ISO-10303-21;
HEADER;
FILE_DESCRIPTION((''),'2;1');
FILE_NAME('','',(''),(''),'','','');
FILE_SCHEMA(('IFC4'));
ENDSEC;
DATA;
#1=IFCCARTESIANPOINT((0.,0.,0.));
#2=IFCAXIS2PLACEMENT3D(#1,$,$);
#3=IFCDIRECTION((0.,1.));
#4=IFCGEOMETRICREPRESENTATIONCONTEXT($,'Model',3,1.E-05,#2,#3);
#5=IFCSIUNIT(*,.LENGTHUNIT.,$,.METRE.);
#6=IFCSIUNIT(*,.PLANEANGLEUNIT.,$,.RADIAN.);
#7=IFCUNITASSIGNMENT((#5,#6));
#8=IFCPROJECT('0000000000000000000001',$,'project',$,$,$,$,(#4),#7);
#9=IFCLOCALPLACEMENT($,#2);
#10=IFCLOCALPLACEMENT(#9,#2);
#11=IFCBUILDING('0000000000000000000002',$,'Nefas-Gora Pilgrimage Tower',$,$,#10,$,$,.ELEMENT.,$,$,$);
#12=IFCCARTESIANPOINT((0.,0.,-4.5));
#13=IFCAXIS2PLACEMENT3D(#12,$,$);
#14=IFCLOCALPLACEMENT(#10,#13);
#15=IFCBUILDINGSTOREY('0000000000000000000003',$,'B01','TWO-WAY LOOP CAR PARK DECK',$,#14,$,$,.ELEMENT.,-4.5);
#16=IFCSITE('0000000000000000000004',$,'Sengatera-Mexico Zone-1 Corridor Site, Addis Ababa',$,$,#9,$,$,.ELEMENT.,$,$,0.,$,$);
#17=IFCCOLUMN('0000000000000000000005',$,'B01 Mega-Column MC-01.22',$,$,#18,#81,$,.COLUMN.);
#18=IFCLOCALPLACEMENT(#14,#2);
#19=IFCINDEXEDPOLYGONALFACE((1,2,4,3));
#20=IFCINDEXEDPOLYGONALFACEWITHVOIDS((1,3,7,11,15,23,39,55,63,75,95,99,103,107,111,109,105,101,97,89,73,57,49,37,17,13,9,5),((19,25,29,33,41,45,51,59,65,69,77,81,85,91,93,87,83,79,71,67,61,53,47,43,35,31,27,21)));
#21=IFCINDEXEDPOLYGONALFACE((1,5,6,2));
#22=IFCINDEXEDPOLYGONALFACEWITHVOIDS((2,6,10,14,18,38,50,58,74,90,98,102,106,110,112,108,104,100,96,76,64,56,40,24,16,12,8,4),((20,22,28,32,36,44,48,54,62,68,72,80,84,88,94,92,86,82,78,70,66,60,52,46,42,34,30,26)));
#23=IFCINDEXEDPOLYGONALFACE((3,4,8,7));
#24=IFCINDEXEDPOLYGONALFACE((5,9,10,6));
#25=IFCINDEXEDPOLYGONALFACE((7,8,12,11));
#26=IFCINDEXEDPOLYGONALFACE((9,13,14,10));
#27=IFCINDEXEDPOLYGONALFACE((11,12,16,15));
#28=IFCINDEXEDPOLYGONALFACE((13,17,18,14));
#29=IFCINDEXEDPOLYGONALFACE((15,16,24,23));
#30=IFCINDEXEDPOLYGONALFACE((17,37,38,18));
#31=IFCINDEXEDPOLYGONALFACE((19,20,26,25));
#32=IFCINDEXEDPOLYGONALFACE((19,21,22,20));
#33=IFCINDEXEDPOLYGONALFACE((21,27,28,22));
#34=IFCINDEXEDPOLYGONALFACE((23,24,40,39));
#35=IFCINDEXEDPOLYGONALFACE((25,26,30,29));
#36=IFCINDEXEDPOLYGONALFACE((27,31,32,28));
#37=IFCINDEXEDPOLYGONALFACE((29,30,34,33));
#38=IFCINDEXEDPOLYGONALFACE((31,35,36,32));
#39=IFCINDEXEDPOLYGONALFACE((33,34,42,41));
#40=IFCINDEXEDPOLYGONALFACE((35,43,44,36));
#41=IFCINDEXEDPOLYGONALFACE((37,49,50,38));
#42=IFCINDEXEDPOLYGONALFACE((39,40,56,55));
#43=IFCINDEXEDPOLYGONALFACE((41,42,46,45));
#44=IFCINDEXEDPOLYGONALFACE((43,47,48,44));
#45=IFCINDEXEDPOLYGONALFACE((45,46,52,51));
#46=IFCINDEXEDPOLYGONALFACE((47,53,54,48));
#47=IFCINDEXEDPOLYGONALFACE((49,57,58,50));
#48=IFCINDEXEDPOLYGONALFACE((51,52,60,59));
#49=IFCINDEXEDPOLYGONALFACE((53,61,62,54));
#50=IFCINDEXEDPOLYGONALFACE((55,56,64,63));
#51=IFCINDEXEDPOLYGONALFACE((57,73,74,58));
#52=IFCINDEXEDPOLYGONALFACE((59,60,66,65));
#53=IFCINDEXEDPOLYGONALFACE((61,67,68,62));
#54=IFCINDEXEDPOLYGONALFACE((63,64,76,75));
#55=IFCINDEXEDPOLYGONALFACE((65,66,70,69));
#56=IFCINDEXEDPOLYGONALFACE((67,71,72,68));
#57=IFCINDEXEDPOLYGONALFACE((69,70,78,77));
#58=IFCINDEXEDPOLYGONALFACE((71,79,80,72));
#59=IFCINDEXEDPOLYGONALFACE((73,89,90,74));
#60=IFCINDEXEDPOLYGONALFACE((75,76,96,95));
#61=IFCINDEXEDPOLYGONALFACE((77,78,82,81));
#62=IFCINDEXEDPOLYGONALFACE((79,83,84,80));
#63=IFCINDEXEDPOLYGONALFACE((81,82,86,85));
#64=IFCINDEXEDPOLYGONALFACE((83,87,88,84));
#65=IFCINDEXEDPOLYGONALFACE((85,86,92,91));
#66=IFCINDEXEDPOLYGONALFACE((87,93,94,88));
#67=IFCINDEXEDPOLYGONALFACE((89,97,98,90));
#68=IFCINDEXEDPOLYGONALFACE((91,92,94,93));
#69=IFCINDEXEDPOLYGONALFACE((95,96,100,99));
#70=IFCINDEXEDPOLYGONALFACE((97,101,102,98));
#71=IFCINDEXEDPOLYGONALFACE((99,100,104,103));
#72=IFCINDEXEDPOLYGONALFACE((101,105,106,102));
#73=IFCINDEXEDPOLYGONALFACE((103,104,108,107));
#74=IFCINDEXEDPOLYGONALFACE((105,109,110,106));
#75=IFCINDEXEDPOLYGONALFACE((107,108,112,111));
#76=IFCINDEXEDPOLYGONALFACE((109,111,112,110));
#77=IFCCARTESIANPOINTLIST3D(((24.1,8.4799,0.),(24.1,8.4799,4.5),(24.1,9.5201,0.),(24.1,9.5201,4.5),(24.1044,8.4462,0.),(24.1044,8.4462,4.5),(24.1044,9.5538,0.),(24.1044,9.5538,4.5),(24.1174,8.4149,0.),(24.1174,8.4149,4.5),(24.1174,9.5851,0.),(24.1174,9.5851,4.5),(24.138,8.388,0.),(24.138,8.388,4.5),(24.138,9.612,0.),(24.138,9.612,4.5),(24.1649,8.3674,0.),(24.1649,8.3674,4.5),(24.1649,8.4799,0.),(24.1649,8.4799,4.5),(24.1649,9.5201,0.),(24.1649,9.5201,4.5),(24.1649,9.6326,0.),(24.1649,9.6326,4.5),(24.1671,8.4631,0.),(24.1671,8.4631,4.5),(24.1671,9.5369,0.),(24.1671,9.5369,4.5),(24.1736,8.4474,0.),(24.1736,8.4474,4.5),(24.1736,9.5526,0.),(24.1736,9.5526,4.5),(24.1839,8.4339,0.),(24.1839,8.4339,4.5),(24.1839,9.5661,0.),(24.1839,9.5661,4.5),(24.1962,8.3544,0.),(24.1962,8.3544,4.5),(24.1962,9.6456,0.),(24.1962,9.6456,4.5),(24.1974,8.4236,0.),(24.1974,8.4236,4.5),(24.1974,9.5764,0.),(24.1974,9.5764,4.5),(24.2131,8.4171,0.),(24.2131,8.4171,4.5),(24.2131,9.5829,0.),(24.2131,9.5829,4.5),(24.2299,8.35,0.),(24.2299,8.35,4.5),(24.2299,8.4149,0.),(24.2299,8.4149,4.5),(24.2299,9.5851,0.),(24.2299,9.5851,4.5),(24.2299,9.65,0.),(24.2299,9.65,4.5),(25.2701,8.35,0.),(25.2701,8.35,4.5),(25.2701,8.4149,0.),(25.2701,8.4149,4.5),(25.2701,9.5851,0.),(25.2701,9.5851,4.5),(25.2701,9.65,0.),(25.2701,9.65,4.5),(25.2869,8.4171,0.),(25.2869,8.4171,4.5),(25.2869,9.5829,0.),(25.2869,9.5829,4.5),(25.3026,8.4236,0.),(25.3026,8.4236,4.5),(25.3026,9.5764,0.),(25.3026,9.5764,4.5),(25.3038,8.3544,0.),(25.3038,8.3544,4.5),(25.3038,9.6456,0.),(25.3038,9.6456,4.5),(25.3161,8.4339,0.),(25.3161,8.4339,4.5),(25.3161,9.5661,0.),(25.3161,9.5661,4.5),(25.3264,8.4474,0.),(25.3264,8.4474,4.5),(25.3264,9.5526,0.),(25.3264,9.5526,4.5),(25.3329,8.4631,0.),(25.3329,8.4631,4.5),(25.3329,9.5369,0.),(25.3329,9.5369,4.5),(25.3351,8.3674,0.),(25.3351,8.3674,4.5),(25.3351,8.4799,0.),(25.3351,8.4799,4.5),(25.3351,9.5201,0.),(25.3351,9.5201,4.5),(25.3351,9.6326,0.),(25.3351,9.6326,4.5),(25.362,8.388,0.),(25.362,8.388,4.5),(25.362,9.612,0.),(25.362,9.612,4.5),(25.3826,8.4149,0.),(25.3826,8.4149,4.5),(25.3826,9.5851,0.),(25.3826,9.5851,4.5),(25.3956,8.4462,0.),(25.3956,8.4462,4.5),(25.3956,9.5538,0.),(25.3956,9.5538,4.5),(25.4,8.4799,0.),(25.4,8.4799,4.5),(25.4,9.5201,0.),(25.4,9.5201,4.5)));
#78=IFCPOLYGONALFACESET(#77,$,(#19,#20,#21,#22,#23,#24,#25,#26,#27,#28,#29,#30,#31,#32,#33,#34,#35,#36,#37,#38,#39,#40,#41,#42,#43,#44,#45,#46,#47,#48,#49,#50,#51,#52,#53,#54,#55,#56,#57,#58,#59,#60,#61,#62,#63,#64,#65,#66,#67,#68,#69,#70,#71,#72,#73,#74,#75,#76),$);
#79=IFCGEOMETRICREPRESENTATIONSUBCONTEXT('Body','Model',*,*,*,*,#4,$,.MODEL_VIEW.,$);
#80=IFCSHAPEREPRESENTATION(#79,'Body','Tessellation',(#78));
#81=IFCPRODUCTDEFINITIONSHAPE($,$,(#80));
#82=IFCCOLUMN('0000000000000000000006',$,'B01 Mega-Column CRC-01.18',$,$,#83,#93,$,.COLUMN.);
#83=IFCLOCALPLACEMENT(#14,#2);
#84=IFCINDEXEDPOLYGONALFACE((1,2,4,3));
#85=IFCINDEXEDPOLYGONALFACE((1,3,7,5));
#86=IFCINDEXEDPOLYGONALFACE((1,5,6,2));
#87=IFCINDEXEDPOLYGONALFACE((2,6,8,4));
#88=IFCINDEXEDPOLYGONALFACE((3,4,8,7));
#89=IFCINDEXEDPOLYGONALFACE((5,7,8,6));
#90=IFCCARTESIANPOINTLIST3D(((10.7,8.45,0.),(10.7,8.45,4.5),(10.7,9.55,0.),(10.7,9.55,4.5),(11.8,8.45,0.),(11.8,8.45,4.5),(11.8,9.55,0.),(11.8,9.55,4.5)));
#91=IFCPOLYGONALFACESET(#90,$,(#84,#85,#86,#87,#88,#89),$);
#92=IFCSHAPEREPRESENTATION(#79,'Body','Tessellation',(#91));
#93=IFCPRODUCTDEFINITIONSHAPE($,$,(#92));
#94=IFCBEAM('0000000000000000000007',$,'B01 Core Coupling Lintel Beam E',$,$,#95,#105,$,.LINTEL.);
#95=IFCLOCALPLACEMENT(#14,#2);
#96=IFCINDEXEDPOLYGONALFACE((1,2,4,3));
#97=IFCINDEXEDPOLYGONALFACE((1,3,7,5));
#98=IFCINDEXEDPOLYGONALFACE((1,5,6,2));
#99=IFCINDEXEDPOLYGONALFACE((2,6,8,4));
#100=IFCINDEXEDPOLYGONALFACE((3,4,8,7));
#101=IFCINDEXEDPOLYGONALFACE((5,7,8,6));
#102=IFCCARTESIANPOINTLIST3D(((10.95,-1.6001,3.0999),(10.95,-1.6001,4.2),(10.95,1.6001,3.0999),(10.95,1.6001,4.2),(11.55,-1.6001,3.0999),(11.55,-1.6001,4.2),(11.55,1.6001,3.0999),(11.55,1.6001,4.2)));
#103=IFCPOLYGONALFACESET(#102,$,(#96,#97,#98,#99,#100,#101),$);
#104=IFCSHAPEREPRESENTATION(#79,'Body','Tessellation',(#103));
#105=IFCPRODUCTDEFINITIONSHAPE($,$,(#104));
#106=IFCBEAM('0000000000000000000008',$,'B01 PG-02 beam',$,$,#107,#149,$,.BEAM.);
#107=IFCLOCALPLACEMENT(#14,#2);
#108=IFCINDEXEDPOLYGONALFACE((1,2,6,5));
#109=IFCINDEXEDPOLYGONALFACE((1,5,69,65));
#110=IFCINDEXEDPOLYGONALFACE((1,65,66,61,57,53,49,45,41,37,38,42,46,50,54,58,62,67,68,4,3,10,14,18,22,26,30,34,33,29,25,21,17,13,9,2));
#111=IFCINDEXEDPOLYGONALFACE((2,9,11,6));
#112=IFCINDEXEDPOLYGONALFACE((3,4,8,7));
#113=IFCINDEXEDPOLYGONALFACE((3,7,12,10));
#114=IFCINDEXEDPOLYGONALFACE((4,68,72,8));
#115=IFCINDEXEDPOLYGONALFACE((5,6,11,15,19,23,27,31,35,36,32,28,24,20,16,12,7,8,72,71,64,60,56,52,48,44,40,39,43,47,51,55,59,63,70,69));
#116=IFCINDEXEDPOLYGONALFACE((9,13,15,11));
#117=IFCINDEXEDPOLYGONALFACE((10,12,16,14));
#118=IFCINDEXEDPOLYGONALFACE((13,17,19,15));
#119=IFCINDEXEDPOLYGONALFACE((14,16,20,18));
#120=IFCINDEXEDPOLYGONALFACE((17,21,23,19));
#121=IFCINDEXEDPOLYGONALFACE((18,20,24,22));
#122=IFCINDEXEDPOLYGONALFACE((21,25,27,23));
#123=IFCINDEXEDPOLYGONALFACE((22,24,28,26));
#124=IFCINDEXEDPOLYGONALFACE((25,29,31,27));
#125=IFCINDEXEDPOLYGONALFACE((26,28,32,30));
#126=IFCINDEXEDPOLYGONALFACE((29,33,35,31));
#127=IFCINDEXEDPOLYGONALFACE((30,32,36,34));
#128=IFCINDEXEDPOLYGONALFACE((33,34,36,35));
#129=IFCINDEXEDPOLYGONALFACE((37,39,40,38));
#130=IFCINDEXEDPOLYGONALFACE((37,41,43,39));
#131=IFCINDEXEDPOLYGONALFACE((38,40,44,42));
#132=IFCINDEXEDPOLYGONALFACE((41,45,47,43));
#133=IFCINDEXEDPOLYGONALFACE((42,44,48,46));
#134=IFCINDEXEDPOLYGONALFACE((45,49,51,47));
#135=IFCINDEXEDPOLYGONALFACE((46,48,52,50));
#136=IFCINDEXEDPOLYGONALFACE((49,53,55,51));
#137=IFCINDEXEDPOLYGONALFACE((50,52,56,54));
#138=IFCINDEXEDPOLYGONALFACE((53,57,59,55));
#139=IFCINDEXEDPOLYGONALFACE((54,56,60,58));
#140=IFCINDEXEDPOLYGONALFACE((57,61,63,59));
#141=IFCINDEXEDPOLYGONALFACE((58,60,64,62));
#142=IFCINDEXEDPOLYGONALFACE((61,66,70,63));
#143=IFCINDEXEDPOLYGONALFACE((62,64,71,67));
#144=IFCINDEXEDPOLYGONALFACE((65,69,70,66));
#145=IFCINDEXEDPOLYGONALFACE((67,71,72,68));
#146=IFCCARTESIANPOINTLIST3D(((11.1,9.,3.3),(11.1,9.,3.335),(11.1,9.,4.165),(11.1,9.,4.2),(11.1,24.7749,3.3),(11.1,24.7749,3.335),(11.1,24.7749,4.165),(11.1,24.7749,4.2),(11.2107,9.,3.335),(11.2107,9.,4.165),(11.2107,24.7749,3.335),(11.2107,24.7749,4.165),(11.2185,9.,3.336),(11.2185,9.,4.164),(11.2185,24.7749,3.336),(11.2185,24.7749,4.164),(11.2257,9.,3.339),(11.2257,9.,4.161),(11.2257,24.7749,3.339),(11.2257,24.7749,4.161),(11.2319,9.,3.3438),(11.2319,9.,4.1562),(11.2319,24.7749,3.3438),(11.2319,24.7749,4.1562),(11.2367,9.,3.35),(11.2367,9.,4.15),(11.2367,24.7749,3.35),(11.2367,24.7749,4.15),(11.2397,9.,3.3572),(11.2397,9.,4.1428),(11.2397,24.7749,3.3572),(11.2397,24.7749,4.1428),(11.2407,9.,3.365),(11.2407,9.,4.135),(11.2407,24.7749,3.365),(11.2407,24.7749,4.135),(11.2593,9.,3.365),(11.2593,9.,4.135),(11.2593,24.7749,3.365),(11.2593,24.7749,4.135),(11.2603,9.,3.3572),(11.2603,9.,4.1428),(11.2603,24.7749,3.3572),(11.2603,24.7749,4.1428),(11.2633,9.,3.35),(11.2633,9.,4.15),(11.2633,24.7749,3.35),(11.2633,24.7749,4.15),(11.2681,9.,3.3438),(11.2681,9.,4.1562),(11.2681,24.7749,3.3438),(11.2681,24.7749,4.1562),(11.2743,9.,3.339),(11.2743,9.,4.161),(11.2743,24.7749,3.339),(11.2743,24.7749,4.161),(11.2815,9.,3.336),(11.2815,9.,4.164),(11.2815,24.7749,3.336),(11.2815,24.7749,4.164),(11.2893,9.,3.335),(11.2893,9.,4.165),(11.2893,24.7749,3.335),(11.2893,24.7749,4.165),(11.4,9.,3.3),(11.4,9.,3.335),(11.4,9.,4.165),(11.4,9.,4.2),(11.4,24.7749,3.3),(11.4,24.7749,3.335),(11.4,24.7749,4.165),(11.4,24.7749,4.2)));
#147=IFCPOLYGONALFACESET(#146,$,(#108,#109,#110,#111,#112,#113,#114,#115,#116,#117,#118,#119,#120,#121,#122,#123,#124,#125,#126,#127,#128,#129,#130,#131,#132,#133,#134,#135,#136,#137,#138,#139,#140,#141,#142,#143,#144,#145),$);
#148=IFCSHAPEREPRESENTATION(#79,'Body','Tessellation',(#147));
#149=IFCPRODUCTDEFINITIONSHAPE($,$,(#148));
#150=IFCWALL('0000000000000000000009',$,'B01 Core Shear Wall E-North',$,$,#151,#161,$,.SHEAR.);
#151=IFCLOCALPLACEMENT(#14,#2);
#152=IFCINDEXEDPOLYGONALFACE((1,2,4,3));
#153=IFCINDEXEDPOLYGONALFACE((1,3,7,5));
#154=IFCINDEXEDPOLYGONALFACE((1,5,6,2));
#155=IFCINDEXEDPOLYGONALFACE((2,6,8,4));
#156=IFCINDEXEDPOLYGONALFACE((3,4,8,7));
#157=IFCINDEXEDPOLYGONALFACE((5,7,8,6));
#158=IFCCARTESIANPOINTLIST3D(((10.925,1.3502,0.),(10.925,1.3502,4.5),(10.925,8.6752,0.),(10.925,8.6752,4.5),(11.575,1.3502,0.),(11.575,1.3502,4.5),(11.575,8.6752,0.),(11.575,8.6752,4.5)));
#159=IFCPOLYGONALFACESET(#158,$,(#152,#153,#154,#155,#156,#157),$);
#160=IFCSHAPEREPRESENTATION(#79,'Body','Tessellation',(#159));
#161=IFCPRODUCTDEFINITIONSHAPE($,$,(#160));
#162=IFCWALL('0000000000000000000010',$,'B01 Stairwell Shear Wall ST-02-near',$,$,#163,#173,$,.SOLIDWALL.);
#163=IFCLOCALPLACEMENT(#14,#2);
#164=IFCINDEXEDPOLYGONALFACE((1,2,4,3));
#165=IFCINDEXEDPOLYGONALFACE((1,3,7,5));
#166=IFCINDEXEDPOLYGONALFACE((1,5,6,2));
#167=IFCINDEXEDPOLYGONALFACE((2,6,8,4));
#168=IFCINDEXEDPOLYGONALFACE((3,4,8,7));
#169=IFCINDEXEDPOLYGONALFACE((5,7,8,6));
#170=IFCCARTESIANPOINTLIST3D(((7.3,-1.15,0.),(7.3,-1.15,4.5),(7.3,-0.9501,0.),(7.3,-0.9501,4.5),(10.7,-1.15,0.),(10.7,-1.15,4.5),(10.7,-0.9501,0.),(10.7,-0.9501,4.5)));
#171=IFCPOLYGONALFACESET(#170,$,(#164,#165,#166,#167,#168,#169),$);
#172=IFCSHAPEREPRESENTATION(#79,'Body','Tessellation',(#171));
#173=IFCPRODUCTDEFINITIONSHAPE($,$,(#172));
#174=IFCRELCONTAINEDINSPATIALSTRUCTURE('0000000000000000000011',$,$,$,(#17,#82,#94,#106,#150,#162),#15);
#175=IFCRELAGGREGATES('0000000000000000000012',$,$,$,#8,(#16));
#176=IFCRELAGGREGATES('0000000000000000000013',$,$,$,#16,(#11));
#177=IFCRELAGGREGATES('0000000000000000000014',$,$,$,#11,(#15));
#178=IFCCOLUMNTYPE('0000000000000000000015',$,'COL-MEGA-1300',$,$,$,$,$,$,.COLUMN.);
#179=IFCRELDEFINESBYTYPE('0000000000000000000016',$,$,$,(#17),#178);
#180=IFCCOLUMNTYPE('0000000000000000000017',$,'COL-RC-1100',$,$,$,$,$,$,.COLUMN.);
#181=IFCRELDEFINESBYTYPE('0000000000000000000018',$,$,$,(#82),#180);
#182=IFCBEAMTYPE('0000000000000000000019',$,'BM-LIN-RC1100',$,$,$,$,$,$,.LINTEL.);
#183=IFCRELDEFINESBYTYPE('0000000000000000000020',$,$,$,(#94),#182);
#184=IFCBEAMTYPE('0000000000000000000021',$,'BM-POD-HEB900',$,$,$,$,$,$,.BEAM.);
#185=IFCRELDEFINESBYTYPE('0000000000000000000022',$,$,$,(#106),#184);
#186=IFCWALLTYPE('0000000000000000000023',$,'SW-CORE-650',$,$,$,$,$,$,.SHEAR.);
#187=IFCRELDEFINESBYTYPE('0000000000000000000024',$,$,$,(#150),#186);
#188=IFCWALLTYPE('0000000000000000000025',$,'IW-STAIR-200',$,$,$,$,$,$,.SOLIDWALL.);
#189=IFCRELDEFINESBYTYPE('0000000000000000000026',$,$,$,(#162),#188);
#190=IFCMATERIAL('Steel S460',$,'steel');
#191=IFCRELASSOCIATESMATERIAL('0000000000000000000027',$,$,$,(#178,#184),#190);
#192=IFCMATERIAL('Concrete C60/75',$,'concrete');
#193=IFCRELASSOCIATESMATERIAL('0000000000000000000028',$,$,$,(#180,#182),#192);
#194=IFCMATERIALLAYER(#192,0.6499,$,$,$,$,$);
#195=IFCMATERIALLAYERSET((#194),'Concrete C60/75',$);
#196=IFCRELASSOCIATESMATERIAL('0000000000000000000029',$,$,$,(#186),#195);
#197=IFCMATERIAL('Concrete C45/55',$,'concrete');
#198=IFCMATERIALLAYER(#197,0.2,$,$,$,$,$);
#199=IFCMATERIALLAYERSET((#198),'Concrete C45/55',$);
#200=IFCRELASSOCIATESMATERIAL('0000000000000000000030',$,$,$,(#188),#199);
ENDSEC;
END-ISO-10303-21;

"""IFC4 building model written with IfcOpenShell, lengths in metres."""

from ifc_helpers import new_model, si_unit, direction, frame, frame_2d, origin, origin_2d, place, context, subcontext, project, spatial, rectangle, hollow_rectangle, i_section, extrude, source, transform, mapped, material, layer, layer_set, material_profile, profile_set, type_object, element, save


model = new_model("IFC4")

# Units and contexts
model_context = context("Model", 3, precision=1e-05, world=origin(), true_north=direction((0.0, 1.0)))
body_context = subcontext(model_context, "Body", "Model", "MODEL_VIEW")
ifc_project = project(units=[si_unit("LENGTHUNIT", "METRE"), si_unit("PLANEANGLEUNIT", "RADIAN")], contexts=[model_context])

# Site, building, storey
site_placement = place(None, origin())
site = spatial("IfcSite", under=ifc_project, at=site_placement, Name="Sengatera-Mexico Zone-1 Corridor Site, Addis Ababa", CompositionType="ELEMENT", RefElevation=0.0)
building_placement = place(site_placement, origin())
building = spatial("IfcBuilding", under=site, at=building_placement, Name="Nefas-Gora Pilgrimage Tower", CompositionType="ELEMENT")
storey_placement = place(building_placement, frame((0.0, 0.0, -4.5)))
storey = spatial("IfcBuildingStorey", under=building, at=storey_placement, Name="B01", Description="TWO-WAY LOOP CAR PARK DECK", CompositionType="ELEMENT", Elevation=-4.5)

# Columns
ifc_material_1 = material(Name="Steel S460", Category="steel")
ifc_material_profile_1 = material_profile(ifc_material_1, hollow_rectangle(XDim=1.3, YDim=1.3, WallThickness=0.0649, InnerFilletRadius=0.0649, OuterFilletRadius=0.1299, at=origin_2d()), Name="BOX 1300x1300x65")
ifc_profile_set_1 = profile_set([ifc_material_profile_1], Name="Steel S460")
column_type_1 = type_object("IfcColumnType", Name="COL-MEGA-1300", PredefinedType="COLUMN", material=ifc_profile_set_1)
shared_shape_1 = source(origin(), body_context, "Body", "SweptSolid", [
    extrude(hollow_rectangle(XDim=1.3, YDim=1.3, WallThickness=0.0649, InnerFilletRadius=0.0649, OuterFilletRadius=0.1299, at=origin_2d()), origin(), (0.0, 0.0, 1.0), 4.5),
])
column_1_placement = place(storey_placement, frame((24.75, 9.0, 0.0), z_axis=(0.0, 0.0, 1.0), x_axis=(1.0, 0.0, 0.0)))
element("IfcColumn", 1, at=column_1_placement, inside=storey, type_object=column_type_1, Name="B01 Mega-Column MC-01.22", PredefinedType="COLUMN", context=body_context, shape_type="MappedRepresentation", body=[
    mapped(shared_shape_1, transform((0.0, 0.0, 0.0), x_axis=(1.0, 0.0, 0.0), y_axis=(0.0, 1.0, 0.0), z_axis=(0.0, 0.0, 1.0), scale=1.0)),
])
ifc_material_2 = material(Name="Concrete C60/75", Category="concrete")
ifc_material_profile_2 = material_profile(ifc_material_2, rectangle(XDim=1.1001, YDim=1.1001, at=origin_2d()), Name="RC 1100x1100")
ifc_profile_set_2 = profile_set([ifc_material_profile_2], Name="Concrete C60/75")
column_type_2 = type_object("IfcColumnType", Name="COL-RC-1100", PredefinedType="COLUMN", material=ifc_profile_set_2)
shared_shape_2 = source(origin(), body_context, "Body", "SweptSolid", [
    extrude(rectangle(XDim=1.1001, YDim=1.1001, at=origin_2d()), origin(), (0.0, 0.0, 1.0), 4.5),
])
column_2_placement = place(storey_placement, frame((11.25, 9.0, 0.0), z_axis=(0.0, 0.0, 1.0), x_axis=(1.0, 0.0, 0.0)))
element("IfcColumn", 2, at=column_2_placement, inside=storey, type_object=column_type_2, Name="B01 Mega-Column CRC-01.18", PredefinedType="COLUMN", context=body_context, shape_type="MappedRepresentation", body=[
    mapped(shared_shape_2, transform((0.0, 0.0, 0.0), x_axis=(1.0, 0.0, 0.0), y_axis=(0.0, 1.0, 0.0), z_axis=(0.0, 0.0, 1.0), scale=1.0)),
])

# Beams
ifc_material_profile_3 = material_profile(ifc_material_2, rectangle(XDim=0.6001, YDim=1.1001, at=origin_2d()), Name="RC 600x1100")
ifc_profile_set_3 = profile_set([ifc_material_profile_3], Name="Concrete C60/75")
beam_type_1 = type_object("IfcBeamType", Name="BM-LIN-RC1100", PredefinedType="LINTEL", material=ifc_profile_set_3)
shared_shape_3 = source(origin(), body_context, "Body", "SweptSolid", [
    extrude(rectangle(XDim=0.6001, YDim=1.1001, at=origin_2d()), origin(), (0.0, 0.0, 1.0), 3.2002),
])
beam_1_placement = place(storey_placement, frame((11.25, -1.6001, 3.6499), z_axis=(0.0, 1.0, 0.0), x_axis=(-1.0, 0.0, 0.0)))
element("IfcBeam", 3, at=beam_1_placement, inside=storey, type_object=beam_type_1, Name="B01 Core Coupling Lintel Beam E", PredefinedType="LINTEL", context=body_context, shape_type="MappedRepresentation", body=[
    mapped(shared_shape_3, transform((0.0, 0.0, 0.0), x_axis=(1.0, 0.0, 0.0), y_axis=(0.0, 1.0, 0.0), z_axis=(0.0, 0.0, 1.0), scale=1.0)),
])
ifc_material_profile_4 = material_profile(ifc_material_1, i_section(OverallWidth=0.3, OverallDepth=0.8999, WebThickness=0.0186, FlangeThickness=0.0349, FilletRadius=0.03, at=origin_2d()), Name="HEB 900")
ifc_profile_set_4 = profile_set([ifc_material_profile_4], Name="Steel S460")
beam_type_2 = type_object("IfcBeamType", Name="BM-POD-HEB900", PredefinedType="BEAM", material=ifc_profile_set_4)
shared_shape_4 = source(origin(), body_context, "Body", "SweptSolid", [
    extrude(i_section(OverallWidth=0.3, OverallDepth=0.8999, WebThickness=0.0186, FlangeThickness=0.0349, FilletRadius=0.03, at=origin_2d()), origin(), (0.0, 0.0, 1.0), 15.7749),
])
beam_2_placement = place(storey_placement, frame((11.25, 9.0, 3.75), z_axis=(0.0, 1.0, 0.0), x_axis=(-1.0, 0.0, 0.0)))
element("IfcBeam", 4, at=beam_2_placement, inside=storey, type_object=beam_type_2, Name="B01 PG-02 beam", PredefinedType="BEAM", context=body_context, shape_type="MappedRepresentation", body=[
    mapped(shared_shape_4, transform((0.0, 0.0, 0.0), x_axis=(1.0, 0.0, 0.0), y_axis=(0.0, 1.0, 0.0), z_axis=(0.0, 0.0, 1.0), scale=1.0)),
])

# Walls
ifc_layer_1 = layer(ifc_material_2, 0.6499)
ifc_layer_set_1 = layer_set([ifc_layer_1], Name="Concrete C60/75")
wall_type_1 = type_object("IfcWallType", Name="SW-CORE-650", PredefinedType="SHEAR", material=ifc_layer_set_1)
shared_shape_5 = source(origin(), body_context, "Body", "SweptSolid", [
    extrude(rectangle(XDim=7.325, YDim=0.6499, at=frame_2d((3.6626, 0.0))), origin(), (0.0, 0.0, 1.0), 4.5),
])
wall_1_placement = place(storey_placement, frame((11.25, 1.3501, 0.0), z_axis=(0.0, 0.0, 1.0), x_axis=(0.0, 1.0, 0.0)))
element("IfcWall", 5, at=wall_1_placement, inside=storey, type_object=wall_type_1, Name="B01 Core Shear Wall E-North", PredefinedType="SHEAR", context=body_context, shape_type="MappedRepresentation", body=[
    mapped(shared_shape_5, transform((0.0, 0.0, 0.0), x_axis=(1.0, 0.0, 0.0), y_axis=(0.0, 1.0, 0.0), z_axis=(0.0, 0.0, 1.0), scale=1.0)),
])
ifc_material_3 = material(Name="Concrete C45/55", Category="concrete")
ifc_layer_2 = layer(ifc_material_3, 0.2)
ifc_layer_set_2 = layer_set([ifc_layer_2], Name="Concrete C45/55")
wall_type_2 = type_object("IfcWallType", Name="IW-STAIR-200", PredefinedType="SOLIDWALL", material=ifc_layer_set_2)
shared_shape_6 = source(origin(), body_context, "Body", "SweptSolid", [
    extrude(rectangle(XDim=3.3999, YDim=0.2, at=frame_2d((1.7, 0.0))), origin(), (0.0, 0.0, 1.0), 4.5),
])
wall_2_placement = place(storey_placement, frame((7.3, -1.05, 0.0), z_axis=(0.0, 0.0, 1.0), x_axis=(1.0, 0.0, 0.0)))
element("IfcWall", 6, at=wall_2_placement, inside=storey, type_object=wall_type_2, Name="B01 Stairwell Shear Wall ST-02-near", PredefinedType="SOLIDWALL", context=body_context, shape_type="MappedRepresentation", body=[
    mapped(shared_shape_6, transform((0.0, 0.0, 0.0), x_axis=(1.0, 0.0, 0.0), y_axis=(0.0, 1.0, 0.0), z_axis=(0.0, 0.0, 1.0), scale=1.0)),
])

save(model, "model.ifc")
